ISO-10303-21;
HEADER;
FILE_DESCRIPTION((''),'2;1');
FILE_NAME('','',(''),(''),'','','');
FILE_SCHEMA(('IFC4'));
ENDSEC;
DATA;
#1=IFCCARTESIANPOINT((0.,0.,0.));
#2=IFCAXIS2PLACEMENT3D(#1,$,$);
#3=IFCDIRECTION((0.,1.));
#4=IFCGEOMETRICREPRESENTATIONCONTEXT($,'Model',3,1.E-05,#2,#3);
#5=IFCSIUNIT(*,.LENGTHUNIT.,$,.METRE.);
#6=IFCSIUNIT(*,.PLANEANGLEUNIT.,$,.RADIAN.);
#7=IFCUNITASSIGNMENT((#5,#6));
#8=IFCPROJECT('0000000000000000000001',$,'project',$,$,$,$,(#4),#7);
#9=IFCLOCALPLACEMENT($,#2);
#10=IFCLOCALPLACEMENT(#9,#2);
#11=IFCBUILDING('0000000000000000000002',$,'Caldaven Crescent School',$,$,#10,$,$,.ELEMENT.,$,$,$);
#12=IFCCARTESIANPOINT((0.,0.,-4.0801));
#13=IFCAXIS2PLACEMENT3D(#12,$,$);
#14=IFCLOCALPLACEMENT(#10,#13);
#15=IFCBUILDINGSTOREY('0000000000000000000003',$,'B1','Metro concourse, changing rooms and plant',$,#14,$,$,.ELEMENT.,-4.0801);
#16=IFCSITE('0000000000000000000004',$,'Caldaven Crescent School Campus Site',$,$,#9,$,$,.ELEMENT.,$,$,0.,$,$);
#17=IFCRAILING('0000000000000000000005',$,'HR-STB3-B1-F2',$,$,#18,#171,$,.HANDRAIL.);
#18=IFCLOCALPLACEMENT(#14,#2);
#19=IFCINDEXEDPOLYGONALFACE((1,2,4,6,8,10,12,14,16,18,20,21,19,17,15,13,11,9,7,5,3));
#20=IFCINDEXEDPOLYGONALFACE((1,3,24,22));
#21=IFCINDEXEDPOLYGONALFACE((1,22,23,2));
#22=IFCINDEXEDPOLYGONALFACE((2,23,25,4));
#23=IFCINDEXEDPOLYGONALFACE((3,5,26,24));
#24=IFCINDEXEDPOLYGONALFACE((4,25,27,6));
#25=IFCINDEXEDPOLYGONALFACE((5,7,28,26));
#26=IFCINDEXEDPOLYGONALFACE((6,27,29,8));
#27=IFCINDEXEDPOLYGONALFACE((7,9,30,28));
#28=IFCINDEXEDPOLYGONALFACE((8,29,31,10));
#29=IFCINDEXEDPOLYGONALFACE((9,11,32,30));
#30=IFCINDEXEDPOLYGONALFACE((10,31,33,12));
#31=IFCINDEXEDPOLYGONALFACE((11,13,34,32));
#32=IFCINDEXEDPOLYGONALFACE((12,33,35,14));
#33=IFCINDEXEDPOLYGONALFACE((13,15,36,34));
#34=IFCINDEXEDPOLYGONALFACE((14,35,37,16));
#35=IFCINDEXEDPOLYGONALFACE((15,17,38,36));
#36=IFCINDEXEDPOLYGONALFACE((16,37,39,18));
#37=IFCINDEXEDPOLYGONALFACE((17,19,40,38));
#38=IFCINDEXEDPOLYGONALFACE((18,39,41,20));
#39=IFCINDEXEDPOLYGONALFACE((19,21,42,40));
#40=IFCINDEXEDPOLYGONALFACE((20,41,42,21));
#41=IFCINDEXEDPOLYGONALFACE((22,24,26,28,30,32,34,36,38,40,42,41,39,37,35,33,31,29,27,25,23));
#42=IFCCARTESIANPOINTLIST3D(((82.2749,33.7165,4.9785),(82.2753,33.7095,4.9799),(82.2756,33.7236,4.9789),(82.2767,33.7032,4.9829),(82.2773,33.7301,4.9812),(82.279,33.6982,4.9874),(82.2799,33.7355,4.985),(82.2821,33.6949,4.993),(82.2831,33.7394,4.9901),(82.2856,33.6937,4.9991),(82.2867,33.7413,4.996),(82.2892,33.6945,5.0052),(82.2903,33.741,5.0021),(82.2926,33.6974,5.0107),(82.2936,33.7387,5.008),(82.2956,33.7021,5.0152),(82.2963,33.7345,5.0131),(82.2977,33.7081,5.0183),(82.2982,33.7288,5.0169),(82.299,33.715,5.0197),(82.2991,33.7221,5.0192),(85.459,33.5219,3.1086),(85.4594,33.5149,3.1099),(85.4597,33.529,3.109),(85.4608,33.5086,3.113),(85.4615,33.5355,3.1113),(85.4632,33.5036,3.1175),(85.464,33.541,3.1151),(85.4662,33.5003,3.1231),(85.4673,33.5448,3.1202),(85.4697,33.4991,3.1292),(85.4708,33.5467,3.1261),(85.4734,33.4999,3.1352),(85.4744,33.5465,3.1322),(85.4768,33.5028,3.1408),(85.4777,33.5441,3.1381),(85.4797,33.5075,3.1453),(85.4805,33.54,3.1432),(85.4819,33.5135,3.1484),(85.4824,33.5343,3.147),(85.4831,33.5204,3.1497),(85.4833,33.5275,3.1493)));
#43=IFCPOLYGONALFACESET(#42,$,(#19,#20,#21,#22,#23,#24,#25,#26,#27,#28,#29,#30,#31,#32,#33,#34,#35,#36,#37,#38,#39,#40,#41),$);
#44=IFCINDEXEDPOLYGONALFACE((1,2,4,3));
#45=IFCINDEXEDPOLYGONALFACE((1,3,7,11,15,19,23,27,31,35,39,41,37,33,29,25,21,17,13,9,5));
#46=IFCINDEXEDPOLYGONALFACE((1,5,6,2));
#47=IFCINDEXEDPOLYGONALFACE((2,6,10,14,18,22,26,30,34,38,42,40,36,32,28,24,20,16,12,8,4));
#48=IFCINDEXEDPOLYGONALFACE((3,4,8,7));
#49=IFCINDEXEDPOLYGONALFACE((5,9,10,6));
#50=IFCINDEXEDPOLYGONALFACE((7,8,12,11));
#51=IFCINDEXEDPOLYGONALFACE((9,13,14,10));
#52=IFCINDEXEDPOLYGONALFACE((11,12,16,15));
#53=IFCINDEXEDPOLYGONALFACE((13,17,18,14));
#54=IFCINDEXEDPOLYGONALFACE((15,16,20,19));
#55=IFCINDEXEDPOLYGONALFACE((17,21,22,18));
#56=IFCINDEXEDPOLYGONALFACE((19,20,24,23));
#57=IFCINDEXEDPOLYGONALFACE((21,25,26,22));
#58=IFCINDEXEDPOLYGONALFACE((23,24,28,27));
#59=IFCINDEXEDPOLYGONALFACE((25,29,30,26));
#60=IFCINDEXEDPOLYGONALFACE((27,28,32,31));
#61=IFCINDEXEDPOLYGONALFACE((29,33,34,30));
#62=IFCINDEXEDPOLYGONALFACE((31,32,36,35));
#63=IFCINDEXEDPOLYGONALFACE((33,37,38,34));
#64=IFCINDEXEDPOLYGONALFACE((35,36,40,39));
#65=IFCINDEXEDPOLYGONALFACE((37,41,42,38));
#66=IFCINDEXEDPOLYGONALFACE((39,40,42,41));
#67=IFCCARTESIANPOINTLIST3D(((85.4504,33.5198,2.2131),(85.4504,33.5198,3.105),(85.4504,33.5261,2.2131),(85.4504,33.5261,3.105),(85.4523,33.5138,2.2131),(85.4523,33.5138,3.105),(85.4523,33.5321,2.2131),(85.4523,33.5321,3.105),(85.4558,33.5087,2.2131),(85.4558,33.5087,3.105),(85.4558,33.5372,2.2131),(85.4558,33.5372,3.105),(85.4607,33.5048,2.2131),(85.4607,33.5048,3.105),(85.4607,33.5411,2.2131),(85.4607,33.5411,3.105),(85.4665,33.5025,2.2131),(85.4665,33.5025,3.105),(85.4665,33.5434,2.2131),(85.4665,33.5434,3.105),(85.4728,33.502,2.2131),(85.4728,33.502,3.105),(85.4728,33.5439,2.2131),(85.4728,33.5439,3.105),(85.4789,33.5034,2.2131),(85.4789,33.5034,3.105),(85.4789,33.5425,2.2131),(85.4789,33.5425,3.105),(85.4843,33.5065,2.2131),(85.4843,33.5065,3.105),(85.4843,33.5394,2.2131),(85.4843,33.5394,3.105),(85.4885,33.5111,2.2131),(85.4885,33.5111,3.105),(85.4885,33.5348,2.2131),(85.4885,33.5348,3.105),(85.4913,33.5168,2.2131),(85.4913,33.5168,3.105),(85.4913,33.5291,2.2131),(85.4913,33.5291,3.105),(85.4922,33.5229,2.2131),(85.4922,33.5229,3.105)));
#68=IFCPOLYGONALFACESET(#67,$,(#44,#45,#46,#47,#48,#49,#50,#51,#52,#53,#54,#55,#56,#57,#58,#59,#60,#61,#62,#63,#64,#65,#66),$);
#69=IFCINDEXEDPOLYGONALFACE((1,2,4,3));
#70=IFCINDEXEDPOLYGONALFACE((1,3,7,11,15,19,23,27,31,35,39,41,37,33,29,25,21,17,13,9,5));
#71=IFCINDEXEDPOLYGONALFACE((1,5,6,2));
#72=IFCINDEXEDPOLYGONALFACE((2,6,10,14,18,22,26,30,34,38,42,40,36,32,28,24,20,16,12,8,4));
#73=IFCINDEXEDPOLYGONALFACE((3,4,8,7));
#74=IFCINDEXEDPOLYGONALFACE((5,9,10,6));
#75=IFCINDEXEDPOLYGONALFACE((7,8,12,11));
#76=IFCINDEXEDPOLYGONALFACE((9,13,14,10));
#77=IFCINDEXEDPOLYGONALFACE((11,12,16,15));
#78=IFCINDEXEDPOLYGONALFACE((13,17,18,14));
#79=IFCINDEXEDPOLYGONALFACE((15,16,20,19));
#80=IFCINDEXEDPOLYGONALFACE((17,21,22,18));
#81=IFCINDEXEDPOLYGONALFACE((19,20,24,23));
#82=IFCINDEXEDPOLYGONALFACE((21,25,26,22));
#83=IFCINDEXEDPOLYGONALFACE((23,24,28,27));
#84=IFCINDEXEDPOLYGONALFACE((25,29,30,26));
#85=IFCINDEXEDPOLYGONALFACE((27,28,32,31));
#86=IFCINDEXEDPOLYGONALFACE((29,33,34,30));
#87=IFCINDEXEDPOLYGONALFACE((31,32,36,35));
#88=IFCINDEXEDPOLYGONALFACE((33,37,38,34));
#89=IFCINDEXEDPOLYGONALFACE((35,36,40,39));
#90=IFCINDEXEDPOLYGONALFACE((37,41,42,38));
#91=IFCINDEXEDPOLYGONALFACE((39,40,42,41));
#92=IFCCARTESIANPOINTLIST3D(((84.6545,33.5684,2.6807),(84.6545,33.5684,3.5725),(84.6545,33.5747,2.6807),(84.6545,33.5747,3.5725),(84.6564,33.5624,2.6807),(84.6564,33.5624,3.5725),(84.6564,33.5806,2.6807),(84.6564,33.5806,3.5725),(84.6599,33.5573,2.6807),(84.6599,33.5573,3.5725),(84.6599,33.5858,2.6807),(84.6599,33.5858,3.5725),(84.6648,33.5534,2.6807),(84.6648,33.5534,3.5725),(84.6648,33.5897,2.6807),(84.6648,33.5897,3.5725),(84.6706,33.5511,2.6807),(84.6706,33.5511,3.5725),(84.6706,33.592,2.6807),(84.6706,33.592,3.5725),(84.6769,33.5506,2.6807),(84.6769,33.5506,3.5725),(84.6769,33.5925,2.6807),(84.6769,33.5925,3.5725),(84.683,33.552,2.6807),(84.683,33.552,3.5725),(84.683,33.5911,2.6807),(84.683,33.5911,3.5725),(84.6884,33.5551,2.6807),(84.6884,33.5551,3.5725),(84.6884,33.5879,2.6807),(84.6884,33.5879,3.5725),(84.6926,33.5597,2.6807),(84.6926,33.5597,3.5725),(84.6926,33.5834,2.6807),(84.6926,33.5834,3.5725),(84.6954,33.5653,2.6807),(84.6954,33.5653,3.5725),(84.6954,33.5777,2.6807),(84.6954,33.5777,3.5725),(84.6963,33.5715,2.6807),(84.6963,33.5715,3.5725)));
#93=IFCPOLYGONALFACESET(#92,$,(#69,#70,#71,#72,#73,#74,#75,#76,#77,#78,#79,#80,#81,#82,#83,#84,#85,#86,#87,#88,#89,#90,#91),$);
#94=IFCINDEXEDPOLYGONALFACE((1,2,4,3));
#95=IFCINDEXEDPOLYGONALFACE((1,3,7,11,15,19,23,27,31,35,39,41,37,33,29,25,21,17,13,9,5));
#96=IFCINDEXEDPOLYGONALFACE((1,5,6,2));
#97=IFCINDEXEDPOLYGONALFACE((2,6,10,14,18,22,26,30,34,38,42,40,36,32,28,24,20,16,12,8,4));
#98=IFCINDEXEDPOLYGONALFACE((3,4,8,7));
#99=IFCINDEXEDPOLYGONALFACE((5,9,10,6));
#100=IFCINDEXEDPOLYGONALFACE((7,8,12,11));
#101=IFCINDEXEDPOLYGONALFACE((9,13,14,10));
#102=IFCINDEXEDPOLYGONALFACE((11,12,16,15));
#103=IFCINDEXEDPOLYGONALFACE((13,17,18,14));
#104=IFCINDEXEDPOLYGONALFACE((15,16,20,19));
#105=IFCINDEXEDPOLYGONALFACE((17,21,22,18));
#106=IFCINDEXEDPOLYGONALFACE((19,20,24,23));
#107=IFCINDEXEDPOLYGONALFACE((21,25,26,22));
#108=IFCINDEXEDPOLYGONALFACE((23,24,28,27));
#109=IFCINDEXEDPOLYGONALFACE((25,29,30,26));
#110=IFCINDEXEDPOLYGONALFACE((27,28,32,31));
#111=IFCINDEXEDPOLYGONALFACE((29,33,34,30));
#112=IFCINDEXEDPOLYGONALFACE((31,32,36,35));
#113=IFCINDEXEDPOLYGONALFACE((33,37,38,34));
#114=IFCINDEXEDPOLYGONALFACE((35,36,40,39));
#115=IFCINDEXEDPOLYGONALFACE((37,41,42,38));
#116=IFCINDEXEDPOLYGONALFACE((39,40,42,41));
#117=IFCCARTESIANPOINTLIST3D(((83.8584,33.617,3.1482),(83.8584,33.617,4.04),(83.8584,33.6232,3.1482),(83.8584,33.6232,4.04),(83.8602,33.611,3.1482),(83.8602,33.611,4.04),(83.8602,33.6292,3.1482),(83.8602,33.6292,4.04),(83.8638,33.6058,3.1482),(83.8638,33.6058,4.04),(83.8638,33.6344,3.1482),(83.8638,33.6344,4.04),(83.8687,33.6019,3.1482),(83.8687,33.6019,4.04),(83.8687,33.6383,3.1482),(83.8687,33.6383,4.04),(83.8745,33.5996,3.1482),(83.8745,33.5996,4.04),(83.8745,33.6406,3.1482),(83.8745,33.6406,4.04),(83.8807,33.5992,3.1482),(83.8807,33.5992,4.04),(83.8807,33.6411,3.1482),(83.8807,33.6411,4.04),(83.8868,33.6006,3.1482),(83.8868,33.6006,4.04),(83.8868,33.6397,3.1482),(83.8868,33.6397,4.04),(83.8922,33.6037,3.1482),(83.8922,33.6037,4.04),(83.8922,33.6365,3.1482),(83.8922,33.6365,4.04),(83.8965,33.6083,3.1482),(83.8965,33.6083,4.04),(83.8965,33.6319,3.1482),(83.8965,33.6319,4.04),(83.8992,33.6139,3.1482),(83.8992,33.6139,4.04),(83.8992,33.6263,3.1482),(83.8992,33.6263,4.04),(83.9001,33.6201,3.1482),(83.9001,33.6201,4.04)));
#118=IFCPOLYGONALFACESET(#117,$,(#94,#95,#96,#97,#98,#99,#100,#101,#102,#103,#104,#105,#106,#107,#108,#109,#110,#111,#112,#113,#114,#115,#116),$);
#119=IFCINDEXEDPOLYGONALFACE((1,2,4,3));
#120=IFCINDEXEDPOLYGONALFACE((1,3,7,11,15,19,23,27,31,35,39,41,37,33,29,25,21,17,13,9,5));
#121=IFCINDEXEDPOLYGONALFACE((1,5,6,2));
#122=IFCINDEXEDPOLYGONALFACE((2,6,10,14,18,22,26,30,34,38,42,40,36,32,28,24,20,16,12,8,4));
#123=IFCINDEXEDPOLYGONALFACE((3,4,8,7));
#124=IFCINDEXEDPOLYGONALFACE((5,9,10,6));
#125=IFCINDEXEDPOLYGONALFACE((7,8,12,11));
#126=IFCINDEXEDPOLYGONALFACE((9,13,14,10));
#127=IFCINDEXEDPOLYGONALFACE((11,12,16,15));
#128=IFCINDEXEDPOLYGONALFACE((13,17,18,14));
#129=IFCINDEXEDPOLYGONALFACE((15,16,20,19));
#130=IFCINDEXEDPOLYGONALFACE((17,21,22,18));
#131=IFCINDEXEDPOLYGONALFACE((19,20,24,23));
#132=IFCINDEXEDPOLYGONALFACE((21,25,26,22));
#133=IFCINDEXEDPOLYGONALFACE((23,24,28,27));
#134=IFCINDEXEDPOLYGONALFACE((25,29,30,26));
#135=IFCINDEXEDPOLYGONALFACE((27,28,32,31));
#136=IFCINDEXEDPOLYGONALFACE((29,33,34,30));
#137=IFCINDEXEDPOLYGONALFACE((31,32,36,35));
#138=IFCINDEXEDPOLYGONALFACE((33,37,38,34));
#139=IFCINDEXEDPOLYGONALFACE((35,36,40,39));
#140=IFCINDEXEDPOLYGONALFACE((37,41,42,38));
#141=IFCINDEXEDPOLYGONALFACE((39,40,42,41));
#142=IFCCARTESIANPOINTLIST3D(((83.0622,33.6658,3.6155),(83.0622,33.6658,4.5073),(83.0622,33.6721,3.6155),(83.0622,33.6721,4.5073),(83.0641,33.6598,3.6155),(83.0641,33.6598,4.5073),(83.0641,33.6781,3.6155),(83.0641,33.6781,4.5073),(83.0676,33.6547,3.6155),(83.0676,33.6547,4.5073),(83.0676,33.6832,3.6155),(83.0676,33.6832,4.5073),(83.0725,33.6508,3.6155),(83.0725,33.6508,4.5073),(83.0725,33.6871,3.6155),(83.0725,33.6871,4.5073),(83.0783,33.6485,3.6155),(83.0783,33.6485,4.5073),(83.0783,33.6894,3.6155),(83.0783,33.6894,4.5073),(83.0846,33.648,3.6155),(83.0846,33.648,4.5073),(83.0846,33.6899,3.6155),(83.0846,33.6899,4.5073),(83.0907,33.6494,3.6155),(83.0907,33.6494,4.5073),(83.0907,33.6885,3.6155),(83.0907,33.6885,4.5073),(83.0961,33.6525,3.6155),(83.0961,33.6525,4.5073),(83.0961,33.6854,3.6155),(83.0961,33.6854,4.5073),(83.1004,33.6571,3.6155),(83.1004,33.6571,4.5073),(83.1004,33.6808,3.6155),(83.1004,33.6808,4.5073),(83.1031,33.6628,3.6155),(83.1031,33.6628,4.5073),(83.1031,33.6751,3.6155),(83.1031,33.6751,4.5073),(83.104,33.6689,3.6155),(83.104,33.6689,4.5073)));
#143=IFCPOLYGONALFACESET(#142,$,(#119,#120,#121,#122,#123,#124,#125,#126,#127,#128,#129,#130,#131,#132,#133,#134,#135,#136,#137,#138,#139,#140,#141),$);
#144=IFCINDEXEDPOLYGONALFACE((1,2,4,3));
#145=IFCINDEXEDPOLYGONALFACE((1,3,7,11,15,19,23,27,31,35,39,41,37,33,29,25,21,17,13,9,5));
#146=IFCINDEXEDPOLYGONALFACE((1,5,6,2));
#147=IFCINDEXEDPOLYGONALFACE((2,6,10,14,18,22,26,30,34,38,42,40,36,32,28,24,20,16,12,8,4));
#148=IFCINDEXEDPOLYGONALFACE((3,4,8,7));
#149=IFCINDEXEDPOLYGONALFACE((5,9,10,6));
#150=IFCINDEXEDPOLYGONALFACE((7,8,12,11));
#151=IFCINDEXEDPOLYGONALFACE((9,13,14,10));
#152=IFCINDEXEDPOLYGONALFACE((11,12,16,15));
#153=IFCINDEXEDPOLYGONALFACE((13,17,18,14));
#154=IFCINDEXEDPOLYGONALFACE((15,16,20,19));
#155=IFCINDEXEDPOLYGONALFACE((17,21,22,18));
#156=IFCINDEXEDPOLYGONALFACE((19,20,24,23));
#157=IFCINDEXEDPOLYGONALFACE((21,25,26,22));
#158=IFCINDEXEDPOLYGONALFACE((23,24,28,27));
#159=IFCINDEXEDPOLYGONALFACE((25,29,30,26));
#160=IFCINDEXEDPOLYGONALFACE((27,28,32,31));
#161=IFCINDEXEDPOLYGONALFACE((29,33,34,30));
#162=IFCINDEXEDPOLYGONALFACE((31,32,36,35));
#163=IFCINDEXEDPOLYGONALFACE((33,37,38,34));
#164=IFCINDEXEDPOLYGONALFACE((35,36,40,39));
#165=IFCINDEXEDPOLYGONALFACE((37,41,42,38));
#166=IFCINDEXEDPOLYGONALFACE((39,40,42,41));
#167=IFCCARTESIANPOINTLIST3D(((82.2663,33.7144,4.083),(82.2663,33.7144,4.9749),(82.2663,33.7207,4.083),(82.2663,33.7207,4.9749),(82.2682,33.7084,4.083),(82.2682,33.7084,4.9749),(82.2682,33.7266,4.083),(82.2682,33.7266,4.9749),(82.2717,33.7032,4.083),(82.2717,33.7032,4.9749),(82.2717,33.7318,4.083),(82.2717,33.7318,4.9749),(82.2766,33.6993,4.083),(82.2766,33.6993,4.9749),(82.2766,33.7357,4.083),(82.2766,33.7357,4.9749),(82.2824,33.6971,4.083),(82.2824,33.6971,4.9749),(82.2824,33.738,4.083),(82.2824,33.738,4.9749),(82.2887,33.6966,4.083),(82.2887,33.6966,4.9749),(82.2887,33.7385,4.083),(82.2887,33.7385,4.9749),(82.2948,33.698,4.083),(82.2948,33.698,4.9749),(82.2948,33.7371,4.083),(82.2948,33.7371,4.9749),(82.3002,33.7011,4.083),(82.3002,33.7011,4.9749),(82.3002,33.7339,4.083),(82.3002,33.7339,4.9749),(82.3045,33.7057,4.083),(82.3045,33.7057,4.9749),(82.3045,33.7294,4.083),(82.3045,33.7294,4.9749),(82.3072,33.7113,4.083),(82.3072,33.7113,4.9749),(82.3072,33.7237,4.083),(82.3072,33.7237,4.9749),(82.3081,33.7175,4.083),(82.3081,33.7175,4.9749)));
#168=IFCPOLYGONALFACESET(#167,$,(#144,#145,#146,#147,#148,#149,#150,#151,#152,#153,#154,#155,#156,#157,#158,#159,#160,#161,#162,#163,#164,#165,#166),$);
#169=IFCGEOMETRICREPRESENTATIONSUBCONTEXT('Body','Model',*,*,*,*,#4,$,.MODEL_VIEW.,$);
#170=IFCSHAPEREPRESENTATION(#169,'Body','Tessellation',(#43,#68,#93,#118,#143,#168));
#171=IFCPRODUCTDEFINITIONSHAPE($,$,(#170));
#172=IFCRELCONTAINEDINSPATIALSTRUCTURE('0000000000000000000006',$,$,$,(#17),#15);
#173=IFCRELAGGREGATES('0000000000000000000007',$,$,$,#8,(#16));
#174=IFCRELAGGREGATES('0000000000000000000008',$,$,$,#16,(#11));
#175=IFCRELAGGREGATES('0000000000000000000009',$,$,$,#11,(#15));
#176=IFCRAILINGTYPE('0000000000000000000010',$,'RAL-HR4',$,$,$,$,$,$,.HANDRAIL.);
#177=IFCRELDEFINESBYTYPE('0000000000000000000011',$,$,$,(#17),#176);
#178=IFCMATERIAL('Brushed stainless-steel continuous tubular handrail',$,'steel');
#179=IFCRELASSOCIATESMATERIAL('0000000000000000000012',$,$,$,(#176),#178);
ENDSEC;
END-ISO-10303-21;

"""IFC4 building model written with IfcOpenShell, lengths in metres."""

from ifc_helpers import new_model, si_unit, direction, frame, origin, origin_2d, place, context, subcontext, project, spatial, circle, extrude, material, type_object, element, save


model = new_model("IFC4")

# Units and contexts
model_context = context("Model", 3, precision=1e-05, world=origin(), true_north=direction((0.0, 1.0)))
body_context = subcontext(model_context, "Body", "Model", "MODEL_VIEW")
ifc_project = project(units=[si_unit("LENGTHUNIT", "METRE"), si_unit("PLANEANGLEUNIT", "RADIAN")], contexts=[model_context])

# Site, building, storey
site_placement = place(None, origin())
site = spatial("IfcSite", under=ifc_project, at=site_placement, Name="Caldaven Crescent School Campus Site", CompositionType="ELEMENT", RefElevation=0.0)
building_placement = place(site_placement, origin())
building = spatial("IfcBuilding", under=site, at=building_placement, Name="Caldaven Crescent School", CompositionType="ELEMENT")
storey_placement = place(building_placement, frame((0.0, 0.0, -4.0801)))
storey = spatial("IfcBuildingStorey", under=building, at=storey_placement, Name="B1", Description="Metro concourse, changing rooms and plant", CompositionType="ELEMENT", Elevation=-4.0801)

# Railing
ifc_material_1 = material(Name="Brushed stainless-steel continuous tubular handrail", Category="steel")
railing_type_1 = type_object("IfcRailingType", Name="RAL-HR4", PredefinedType="HANDRAIL", material=ifc_material_1)
railing_1_placement = place(storey_placement, frame((85.4712, 33.5229, 2.2131)))
element("IfcRailing", 1, at=railing_1_placement, inside=storey, type_object=railing_type_1, Name="HR-STB3-B1-F2", PredefinedType="HANDRAIL", context=body_context, shape_type="SweptSolid", body=[
    extrude(circle(Radius=0.0239, at=origin_2d()), frame((0.0, 0.0, 0.916), z_axis=(-0.861108, 0.052623, 0.505691), x_axis=(-0.060996, -0.998138, 0.0)), (0.0, 0.0, 1.0), 3.6978),
    extrude(circle(Radius=0.021, at=origin_2d()), origin(), (0.0, 0.0, 1.0), 0.8918),
    extrude(circle(Radius=0.021, at=origin_2d()), frame((-0.7959, 0.0486, 0.4675)), (0.0, 0.0, 1.0), 0.8918),
    extrude(circle(Radius=0.021, at=origin_2d()), frame((-1.592, 0.0972, 0.9351)), (0.0, 0.0, 1.0), 0.8918),
    extrude(circle(Radius=0.021, at=origin_2d()), frame((-2.3882, 0.146, 1.4023)), (0.0, 0.0, 1.0), 0.8918),
    extrude(circle(Radius=0.021, at=origin_2d()), frame((-3.1841, 0.1946, 1.8699)), (0.0, 0.0, 1.0), 0.8918),
])

save(model, "model.ifc")
